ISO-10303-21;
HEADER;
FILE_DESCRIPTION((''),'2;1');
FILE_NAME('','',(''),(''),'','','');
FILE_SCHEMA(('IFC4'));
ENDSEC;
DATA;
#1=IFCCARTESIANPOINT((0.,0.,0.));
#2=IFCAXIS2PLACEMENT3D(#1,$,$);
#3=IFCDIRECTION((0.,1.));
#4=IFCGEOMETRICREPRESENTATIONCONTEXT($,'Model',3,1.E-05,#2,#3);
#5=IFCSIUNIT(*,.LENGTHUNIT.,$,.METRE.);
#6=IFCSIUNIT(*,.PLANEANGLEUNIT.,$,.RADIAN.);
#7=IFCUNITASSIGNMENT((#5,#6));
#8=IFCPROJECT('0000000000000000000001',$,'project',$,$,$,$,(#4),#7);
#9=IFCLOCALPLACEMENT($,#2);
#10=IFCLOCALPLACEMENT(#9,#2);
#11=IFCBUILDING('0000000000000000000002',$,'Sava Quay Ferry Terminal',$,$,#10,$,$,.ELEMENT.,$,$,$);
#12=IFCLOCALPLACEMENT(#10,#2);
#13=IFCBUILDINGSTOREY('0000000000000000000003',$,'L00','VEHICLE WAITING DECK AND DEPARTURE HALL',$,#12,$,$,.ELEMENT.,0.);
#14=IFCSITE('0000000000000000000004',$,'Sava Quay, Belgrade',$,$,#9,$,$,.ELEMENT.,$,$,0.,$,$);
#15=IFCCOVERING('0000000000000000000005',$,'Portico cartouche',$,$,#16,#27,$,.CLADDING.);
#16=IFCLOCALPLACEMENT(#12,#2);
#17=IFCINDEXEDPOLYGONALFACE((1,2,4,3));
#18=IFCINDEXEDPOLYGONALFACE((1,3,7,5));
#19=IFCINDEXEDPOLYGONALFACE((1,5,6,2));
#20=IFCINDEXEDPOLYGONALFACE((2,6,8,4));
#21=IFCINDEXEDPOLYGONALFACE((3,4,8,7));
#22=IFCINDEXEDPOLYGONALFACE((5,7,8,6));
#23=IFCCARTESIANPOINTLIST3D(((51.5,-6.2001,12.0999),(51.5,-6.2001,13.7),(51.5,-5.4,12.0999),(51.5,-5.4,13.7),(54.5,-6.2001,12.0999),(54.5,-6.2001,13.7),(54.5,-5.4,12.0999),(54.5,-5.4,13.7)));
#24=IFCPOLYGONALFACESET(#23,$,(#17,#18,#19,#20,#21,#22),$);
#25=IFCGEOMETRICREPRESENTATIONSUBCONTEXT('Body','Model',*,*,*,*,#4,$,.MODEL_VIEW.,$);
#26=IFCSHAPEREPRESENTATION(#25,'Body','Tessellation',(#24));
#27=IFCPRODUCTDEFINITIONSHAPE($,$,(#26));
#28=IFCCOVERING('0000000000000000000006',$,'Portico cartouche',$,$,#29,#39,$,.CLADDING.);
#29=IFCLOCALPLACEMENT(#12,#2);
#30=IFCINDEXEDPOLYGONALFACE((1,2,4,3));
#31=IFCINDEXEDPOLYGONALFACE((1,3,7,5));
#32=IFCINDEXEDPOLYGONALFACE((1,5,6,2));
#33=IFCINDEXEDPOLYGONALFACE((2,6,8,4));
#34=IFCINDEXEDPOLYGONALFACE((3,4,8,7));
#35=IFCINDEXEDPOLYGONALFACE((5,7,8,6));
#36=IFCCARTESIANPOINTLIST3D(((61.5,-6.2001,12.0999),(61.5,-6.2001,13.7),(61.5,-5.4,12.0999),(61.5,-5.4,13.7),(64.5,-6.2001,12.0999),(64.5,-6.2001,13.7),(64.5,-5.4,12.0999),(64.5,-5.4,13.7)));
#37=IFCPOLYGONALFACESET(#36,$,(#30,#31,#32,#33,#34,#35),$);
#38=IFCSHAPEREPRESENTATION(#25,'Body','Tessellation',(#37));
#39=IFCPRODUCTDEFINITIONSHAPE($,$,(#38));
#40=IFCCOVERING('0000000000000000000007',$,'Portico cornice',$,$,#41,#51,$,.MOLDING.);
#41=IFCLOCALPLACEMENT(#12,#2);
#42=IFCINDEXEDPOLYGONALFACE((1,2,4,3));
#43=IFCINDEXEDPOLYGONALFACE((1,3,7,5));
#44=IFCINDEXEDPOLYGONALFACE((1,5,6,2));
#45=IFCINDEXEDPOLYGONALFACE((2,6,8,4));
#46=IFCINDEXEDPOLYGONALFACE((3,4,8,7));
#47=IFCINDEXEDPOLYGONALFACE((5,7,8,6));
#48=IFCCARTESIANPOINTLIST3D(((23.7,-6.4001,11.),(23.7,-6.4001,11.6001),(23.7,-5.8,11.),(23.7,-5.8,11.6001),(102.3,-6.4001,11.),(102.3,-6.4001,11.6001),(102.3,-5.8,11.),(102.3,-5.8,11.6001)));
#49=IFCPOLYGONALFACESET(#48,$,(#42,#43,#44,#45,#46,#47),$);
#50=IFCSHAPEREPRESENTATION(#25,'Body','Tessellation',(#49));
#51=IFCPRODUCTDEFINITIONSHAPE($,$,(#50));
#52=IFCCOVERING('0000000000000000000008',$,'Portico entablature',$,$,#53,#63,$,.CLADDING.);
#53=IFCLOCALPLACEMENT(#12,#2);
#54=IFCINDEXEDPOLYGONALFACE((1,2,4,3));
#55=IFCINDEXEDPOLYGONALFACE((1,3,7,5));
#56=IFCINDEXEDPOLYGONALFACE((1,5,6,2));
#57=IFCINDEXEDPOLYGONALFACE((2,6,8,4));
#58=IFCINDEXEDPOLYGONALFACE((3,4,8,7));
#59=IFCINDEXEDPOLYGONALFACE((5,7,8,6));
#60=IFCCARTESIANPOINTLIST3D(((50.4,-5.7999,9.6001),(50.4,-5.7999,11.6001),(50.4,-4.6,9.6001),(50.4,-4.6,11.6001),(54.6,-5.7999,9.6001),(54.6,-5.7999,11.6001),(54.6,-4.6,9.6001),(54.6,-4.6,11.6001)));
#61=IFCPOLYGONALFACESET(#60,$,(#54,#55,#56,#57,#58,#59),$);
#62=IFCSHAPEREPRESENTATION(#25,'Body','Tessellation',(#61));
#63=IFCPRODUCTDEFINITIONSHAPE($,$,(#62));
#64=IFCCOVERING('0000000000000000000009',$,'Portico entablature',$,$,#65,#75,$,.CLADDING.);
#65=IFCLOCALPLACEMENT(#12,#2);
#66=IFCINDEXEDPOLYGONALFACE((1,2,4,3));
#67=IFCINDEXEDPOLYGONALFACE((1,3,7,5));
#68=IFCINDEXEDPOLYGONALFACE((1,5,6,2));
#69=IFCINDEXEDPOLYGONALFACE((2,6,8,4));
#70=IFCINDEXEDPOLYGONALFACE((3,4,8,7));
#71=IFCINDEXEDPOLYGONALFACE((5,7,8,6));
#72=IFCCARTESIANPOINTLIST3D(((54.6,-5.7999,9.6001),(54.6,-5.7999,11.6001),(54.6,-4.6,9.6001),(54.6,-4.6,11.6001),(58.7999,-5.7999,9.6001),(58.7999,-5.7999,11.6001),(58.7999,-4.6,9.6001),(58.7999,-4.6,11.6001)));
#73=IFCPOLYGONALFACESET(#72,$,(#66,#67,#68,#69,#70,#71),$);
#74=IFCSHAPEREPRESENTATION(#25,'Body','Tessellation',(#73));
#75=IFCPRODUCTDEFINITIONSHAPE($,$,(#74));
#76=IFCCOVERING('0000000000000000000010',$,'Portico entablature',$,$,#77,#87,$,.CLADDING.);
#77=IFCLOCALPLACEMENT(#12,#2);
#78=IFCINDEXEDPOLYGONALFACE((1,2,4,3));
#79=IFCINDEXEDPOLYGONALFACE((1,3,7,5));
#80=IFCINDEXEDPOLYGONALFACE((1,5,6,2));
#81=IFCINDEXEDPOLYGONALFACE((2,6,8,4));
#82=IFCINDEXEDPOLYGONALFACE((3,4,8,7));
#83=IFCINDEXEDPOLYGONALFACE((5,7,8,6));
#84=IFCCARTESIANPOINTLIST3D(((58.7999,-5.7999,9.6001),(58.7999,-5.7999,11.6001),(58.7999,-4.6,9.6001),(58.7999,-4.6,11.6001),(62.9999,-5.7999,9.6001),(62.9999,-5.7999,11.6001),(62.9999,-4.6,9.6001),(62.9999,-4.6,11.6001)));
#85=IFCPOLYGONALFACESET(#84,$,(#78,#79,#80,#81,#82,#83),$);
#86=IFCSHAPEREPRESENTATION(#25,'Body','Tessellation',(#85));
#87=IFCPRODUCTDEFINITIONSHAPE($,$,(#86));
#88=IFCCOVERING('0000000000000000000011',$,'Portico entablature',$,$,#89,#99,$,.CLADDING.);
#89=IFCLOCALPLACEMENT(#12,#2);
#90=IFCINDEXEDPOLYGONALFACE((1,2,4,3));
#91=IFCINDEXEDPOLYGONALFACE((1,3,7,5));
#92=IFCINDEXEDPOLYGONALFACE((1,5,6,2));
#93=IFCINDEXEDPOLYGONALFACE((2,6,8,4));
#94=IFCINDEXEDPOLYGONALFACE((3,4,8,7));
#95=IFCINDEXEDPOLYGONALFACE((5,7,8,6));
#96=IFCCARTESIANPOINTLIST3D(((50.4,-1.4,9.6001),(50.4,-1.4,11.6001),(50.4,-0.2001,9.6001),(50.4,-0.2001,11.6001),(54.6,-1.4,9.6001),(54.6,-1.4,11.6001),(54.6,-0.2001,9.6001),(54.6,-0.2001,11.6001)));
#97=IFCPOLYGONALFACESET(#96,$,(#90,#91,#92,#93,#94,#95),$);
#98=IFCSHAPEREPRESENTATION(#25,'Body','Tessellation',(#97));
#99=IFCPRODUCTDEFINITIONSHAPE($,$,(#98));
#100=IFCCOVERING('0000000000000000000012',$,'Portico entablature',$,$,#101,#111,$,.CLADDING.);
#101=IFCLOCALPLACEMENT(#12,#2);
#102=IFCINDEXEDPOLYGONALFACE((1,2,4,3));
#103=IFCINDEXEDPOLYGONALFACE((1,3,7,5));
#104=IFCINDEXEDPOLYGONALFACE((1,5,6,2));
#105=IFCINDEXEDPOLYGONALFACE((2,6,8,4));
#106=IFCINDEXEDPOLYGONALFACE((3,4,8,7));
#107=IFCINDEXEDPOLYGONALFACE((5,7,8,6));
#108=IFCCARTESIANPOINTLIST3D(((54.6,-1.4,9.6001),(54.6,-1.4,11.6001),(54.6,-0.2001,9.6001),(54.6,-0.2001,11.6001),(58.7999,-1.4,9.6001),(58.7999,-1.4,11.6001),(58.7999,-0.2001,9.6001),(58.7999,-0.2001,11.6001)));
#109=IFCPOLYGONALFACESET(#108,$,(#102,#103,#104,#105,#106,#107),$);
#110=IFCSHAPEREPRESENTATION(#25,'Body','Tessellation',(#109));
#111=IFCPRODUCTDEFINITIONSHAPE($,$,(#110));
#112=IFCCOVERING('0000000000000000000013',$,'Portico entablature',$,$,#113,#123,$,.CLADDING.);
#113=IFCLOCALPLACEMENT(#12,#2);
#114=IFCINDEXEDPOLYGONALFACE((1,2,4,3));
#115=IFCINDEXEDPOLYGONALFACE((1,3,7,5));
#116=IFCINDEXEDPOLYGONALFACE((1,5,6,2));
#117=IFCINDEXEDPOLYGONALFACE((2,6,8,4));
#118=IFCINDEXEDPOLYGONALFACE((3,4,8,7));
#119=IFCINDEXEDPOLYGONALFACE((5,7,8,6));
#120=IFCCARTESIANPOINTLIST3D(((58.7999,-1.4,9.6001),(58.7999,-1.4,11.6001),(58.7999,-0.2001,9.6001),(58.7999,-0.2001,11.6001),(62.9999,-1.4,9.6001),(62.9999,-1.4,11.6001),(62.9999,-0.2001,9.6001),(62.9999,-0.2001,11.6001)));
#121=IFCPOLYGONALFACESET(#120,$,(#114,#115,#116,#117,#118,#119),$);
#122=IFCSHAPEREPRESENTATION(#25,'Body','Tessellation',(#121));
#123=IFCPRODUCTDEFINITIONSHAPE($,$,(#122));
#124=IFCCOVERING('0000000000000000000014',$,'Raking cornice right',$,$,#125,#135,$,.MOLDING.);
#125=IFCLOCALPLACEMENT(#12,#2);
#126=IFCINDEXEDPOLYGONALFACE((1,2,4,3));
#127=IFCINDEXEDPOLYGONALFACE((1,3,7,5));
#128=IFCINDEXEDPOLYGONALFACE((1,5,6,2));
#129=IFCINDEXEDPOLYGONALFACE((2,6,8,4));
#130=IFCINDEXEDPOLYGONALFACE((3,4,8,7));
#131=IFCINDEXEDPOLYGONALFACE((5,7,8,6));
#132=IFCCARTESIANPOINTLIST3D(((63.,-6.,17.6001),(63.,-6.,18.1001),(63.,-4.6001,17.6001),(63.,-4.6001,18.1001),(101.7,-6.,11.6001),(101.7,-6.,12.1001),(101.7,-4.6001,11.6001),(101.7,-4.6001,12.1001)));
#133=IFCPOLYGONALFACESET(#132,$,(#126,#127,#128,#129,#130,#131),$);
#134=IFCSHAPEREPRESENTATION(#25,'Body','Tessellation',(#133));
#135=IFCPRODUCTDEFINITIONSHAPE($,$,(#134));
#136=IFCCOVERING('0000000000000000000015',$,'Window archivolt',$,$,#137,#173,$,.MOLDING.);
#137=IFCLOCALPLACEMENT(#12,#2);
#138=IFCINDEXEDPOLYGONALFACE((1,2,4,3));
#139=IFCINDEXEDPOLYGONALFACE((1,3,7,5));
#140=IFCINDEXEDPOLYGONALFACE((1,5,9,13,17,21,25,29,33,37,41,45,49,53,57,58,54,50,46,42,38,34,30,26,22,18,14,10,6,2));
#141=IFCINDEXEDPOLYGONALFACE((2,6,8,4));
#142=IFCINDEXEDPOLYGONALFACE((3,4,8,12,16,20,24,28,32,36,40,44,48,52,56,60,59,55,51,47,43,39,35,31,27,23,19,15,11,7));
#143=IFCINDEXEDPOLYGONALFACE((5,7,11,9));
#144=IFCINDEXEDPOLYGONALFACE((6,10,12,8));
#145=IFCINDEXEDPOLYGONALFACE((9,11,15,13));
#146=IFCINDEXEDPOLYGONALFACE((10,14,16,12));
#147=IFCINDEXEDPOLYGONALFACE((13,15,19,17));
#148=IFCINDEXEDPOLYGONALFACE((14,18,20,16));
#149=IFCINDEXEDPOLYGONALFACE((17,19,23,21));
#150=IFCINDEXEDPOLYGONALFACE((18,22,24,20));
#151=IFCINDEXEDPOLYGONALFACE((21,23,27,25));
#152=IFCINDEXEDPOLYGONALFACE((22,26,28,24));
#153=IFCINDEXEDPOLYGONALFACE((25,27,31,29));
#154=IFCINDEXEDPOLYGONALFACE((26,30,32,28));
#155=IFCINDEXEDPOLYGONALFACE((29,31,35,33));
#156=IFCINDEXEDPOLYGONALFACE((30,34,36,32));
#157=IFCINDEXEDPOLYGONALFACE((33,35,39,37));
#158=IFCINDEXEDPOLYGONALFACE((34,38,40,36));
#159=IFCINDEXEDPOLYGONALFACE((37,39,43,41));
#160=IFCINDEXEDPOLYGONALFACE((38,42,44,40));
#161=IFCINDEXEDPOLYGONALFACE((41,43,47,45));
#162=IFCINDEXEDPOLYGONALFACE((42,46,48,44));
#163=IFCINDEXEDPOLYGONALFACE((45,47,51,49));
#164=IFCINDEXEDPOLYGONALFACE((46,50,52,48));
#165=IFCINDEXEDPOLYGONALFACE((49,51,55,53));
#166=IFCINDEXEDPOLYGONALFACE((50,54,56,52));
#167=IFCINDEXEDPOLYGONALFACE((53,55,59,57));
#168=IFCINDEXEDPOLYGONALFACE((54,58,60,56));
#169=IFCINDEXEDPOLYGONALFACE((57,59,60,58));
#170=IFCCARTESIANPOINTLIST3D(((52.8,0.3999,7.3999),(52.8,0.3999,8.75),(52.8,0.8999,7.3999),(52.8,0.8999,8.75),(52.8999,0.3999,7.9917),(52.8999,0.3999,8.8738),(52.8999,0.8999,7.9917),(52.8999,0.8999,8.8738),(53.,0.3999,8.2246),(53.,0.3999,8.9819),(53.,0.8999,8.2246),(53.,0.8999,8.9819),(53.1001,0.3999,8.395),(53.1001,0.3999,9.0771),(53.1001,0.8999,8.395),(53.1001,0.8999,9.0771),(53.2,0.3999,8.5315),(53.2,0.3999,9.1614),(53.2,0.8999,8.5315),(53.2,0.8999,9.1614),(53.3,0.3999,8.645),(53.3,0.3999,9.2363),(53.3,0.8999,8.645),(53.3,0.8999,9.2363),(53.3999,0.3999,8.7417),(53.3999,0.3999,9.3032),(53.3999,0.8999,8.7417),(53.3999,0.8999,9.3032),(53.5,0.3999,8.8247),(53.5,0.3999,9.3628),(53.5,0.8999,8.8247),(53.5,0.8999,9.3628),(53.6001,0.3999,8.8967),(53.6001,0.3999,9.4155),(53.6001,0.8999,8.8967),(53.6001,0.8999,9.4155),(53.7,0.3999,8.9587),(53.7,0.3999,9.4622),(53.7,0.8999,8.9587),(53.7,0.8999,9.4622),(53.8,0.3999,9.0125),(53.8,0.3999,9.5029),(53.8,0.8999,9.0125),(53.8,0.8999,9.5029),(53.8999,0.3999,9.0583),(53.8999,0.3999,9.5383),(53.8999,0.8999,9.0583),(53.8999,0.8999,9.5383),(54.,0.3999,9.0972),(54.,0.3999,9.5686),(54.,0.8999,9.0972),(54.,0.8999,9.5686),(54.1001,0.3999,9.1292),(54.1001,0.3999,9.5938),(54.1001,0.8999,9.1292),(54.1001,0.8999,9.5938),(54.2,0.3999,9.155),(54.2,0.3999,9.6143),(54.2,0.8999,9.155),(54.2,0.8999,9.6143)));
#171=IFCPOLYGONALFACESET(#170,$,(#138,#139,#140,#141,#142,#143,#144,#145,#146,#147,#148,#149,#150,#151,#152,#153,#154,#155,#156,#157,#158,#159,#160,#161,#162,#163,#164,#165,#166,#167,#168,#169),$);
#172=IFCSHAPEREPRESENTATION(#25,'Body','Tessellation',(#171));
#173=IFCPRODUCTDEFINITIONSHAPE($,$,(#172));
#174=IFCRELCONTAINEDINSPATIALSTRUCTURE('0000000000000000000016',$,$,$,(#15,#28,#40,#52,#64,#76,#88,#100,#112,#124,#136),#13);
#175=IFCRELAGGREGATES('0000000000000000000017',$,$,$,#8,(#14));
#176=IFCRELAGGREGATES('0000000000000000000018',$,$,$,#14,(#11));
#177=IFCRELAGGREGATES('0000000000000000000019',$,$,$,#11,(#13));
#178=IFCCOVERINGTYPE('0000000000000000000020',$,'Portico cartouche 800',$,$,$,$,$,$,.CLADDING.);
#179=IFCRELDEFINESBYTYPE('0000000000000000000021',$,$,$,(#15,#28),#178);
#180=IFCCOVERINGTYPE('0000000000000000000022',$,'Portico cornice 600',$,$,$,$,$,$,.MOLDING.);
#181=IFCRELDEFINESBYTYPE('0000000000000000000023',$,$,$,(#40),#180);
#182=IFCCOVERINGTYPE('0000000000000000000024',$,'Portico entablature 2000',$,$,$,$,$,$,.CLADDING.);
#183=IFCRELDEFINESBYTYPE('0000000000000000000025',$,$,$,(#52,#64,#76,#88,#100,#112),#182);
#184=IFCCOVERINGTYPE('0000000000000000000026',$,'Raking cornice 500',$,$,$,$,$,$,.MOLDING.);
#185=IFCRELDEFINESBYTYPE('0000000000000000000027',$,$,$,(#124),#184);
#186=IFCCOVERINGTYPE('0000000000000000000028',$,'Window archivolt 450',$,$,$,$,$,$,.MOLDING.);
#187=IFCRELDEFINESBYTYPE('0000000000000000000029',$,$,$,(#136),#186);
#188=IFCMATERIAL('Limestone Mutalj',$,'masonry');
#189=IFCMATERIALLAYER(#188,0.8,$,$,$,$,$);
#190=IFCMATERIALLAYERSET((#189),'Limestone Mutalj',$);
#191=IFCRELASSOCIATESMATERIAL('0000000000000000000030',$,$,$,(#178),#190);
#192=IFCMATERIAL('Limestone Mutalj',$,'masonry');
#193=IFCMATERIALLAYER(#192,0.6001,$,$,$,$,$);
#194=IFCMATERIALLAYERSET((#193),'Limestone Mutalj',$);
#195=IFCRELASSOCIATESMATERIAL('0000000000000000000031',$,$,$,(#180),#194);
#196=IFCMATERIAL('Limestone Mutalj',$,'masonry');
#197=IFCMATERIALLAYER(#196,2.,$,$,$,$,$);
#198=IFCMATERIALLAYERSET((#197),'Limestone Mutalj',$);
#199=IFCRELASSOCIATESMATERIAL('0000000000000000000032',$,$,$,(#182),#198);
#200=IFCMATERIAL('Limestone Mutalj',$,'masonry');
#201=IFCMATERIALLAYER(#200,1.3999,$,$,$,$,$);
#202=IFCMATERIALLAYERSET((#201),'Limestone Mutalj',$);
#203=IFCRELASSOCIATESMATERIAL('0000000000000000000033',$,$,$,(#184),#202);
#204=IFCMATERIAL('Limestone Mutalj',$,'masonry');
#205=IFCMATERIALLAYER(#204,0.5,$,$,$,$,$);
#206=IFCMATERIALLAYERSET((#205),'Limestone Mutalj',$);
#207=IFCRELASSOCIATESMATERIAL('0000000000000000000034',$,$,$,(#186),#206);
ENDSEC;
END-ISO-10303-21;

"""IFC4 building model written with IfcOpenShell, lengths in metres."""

from ifc_helpers import new_model, si_unit, direction, frame, origin, origin_2d, place, context, subcontext, project, spatial, polyline, rectangle, outline, extrude, material, layer, layer_set, type_object, element, save


model = new_model("IFC4")

# Units and contexts
model_context = context("Model", 3, precision=1e-05, world=origin(), true_north=direction((0.0, 1.0)))
body_context = subcontext(model_context, "Body", "Model", "MODEL_VIEW")
ifc_project = project(units=[si_unit("LENGTHUNIT", "METRE"), si_unit("PLANEANGLEUNIT", "RADIAN")], contexts=[model_context])

# Site, building, storey
site_placement = place(None, origin())
site = spatial("IfcSite", under=ifc_project, at=site_placement, Name="Sava Quay, Belgrade", CompositionType="ELEMENT", RefElevation=0.0)
building_placement = place(site_placement, origin())
building = spatial("IfcBuilding", under=site, at=building_placement, Name="Sava Quay Ferry Terminal", CompositionType="ELEMENT")
storey_placement = place(building_placement, origin())
storey = spatial("IfcBuildingStorey", under=building, at=storey_placement, Name="L00", Description="VEHICLE WAITING DECK AND DEPARTURE HALL", CompositionType="ELEMENT", Elevation=0.0)

# Coverings
ifc_material_1 = material(Name="Limestone Mutalj", Category="masonry")
ifc_layer_1 = layer(ifc_material_1, 0.8)
ifc_layer_set_1 = layer_set([ifc_layer_1], Name="Limestone Mutalj")
covering_type_1 = type_object("IfcCoveringType", Name="Portico cartouche 800", PredefinedType="CLADDING", material=ifc_layer_set_1)
for number, where, z_axis, x_axis, name in (
    (1, (53.0, -5.8, 12.0999), (0.0, 0.0, 1.0), (1.0, 0.0, 0.0), "Portico cartouche"),
    (2, (63.0, -5.8, 12.0999), (0.0, 0.0, 1.0), (1.0, 0.0, 0.0), "Portico cartouche"),
):
    element("IfcCovering", number, at=place(storey_placement, frame(where, z_axis=z_axis, x_axis=x_axis)), inside=storey, type_object=covering_type_1, Name=name, PredefinedType="CLADDING", context=body_context, shape_type="SweptSolid", body=[
        extrude(rectangle(XDim=3.0, YDim=0.8, at=origin_2d()), origin(), (0.0, 0.0, 1.0), 1.6001),
    ])
ifc_material_2 = material(Name="Limestone Mutalj", Category="masonry")
ifc_layer_2 = layer(ifc_material_2, 0.6001)
ifc_layer_set_2 = layer_set([ifc_layer_2], Name="Limestone Mutalj")
covering_type_2 = type_object("IfcCoveringType", Name="Portico cornice 600", PredefinedType="MOLDING", material=ifc_layer_set_2)
covering_1_placement = place(storey_placement, frame((63.0, -6.1001, 11.0), z_axis=(0.0, 0.0, 1.0), x_axis=(1.0, 0.0, 0.0)))
element("IfcCovering", 3, at=covering_1_placement, inside=storey, type_object=covering_type_2, Name="Portico cornice", PredefinedType="MOLDING", context=body_context, shape_type="SweptSolid", body=[
    extrude(rectangle(XDim=78.6001, YDim=0.6001, at=origin_2d()), origin(), (0.0, 0.0, 1.0), 0.6001),
])
ifc_material_3 = material(Name="Limestone Mutalj", Category="masonry")
ifc_layer_3 = layer(ifc_material_3, 2.0)
ifc_layer_set_3 = layer_set([ifc_layer_3], Name="Limestone Mutalj")
covering_type_3 = type_object("IfcCoveringType", Name="Portico entablature 2000", PredefinedType="CLADDING", material=ifc_layer_set_3)
for number, where, z_axis, x_axis, name in (
    (4, (52.5, -5.2, 9.6001), (0.0, 0.0, 1.0), (1.0, 0.0, 0.0), "Portico entablature"),
    (5, (56.7, -5.2, 9.6001), (0.0, 0.0, 1.0), (1.0, 0.0, 0.0), "Portico entablature"),
    (6, (60.8999, -5.2, 9.6001), (0.0, 0.0, 1.0), (1.0, 0.0, 0.0), "Portico entablature"),
    (7, (52.5, -0.8, 9.6001), (0.0, 0.0, 1.0), (1.0, 0.0, 0.0), "Portico entablature"),
    (8, (56.7, -0.8, 9.6001), (0.0, 0.0, 1.0), (1.0, 0.0, 0.0), "Portico entablature"),
    (9, (60.8999, -0.8, 9.6001), (0.0, 0.0, 1.0), (1.0, 0.0, 0.0), "Portico entablature"),
):
    element("IfcCovering", number, at=place(storey_placement, frame(where, z_axis=z_axis, x_axis=x_axis)), inside=storey, type_object=covering_type_3, Name=name, PredefinedType="CLADDING", context=body_context, shape_type="SweptSolid", body=[
        extrude(rectangle(XDim=4.2, YDim=1.2, at=origin_2d()), origin(), (0.0, 0.0, 1.0), 2.0),
    ])
ifc_material_4 = material(Name="Limestone Mutalj", Category="masonry")
ifc_layer_4 = layer(ifc_material_4, 1.3999)
ifc_layer_set_4 = layer_set([ifc_layer_4], Name="Limestone Mutalj")
covering_type_4 = type_object("IfcCoveringType", Name="Raking cornice 500", PredefinedType="MOLDING", material=ifc_layer_set_4)
covering_2_placement = place(storey_placement, frame((63.0, -6.0, 17.6001), z_axis=(0.0, -1.0, 0.0), x_axis=(0.988194, 0.0, -0.153209)))
element("IfcCovering", 10, at=covering_2_placement, inside=storey, type_object=covering_type_4, Name="Raking cornice right", PredefinedType="MOLDING", context=body_context, shape_type="SweptSolid", body=[
    extrude(outline(polyline([(0.0, 0.0), (39.1623, 0.0), (39.0857, 0.4941), (-0.0766, 0.4941), (0.0, 0.0)])), origin(), (0.0, 0.0, -1.0), 1.3999),
])
ifc_material_5 = material(Name="Limestone Mutalj", Category="masonry")
ifc_layer_5 = layer(ifc_material_5, 0.5)
ifc_layer_set_5 = layer_set([ifc_layer_5], Name="Limestone Mutalj")
covering_type_5 = type_object("IfcCoveringType", Name="Window archivolt 450", PredefinedType="MOLDING", material=ifc_layer_set_5)
covering_3_placement = place(storey_placement, frame((52.8, 0.3999, 7.3999), z_axis=(0.0, -1.0, 0.0), x_axis=(0.166378, 0.0, 0.986062)))
element("IfcCovering", 11, at=covering_3_placement, inside=storey, type_object=covering_type_5, Name="Window archivolt", PredefinedType="MOLDING", context=body_context, shape_type="SweptSolid", body=[
    extrude(outline(polyline([(0.0, 0.0), (0.6002, 0.0), (0.8465, -0.06), (1.0312, -0.1303), (1.1824, -0.2061), (1.311, -0.2859), (1.4229, -0.3682), (1.5214, -0.4531), (1.6091, -0.5399), (1.6868, -0.628), (1.7565, -0.7178), (1.8183, -0.8086), (1.8733, -0.9008), (1.9214, -0.9942), (1.9636, -1.0884), (2.4164, -1.012), (2.3796, -0.9169), (2.3381, -0.8224), (2.2916, -0.7287), (2.2401, -0.6362), (2.1832, -0.5442), (2.1206, -0.4535), (2.052, -0.3636), (1.9766, -0.2748), (1.894, -0.1875), (1.8035, -0.1013), (1.7038, -0.0168), (1.5932, 0.0661), (1.4699, 0.1468), (1.3313, 0.2246), (0.0, 0.0)])), origin(), (0.0, 0.0, -1.0), 0.5),
])

save(model, "model.ifc")
